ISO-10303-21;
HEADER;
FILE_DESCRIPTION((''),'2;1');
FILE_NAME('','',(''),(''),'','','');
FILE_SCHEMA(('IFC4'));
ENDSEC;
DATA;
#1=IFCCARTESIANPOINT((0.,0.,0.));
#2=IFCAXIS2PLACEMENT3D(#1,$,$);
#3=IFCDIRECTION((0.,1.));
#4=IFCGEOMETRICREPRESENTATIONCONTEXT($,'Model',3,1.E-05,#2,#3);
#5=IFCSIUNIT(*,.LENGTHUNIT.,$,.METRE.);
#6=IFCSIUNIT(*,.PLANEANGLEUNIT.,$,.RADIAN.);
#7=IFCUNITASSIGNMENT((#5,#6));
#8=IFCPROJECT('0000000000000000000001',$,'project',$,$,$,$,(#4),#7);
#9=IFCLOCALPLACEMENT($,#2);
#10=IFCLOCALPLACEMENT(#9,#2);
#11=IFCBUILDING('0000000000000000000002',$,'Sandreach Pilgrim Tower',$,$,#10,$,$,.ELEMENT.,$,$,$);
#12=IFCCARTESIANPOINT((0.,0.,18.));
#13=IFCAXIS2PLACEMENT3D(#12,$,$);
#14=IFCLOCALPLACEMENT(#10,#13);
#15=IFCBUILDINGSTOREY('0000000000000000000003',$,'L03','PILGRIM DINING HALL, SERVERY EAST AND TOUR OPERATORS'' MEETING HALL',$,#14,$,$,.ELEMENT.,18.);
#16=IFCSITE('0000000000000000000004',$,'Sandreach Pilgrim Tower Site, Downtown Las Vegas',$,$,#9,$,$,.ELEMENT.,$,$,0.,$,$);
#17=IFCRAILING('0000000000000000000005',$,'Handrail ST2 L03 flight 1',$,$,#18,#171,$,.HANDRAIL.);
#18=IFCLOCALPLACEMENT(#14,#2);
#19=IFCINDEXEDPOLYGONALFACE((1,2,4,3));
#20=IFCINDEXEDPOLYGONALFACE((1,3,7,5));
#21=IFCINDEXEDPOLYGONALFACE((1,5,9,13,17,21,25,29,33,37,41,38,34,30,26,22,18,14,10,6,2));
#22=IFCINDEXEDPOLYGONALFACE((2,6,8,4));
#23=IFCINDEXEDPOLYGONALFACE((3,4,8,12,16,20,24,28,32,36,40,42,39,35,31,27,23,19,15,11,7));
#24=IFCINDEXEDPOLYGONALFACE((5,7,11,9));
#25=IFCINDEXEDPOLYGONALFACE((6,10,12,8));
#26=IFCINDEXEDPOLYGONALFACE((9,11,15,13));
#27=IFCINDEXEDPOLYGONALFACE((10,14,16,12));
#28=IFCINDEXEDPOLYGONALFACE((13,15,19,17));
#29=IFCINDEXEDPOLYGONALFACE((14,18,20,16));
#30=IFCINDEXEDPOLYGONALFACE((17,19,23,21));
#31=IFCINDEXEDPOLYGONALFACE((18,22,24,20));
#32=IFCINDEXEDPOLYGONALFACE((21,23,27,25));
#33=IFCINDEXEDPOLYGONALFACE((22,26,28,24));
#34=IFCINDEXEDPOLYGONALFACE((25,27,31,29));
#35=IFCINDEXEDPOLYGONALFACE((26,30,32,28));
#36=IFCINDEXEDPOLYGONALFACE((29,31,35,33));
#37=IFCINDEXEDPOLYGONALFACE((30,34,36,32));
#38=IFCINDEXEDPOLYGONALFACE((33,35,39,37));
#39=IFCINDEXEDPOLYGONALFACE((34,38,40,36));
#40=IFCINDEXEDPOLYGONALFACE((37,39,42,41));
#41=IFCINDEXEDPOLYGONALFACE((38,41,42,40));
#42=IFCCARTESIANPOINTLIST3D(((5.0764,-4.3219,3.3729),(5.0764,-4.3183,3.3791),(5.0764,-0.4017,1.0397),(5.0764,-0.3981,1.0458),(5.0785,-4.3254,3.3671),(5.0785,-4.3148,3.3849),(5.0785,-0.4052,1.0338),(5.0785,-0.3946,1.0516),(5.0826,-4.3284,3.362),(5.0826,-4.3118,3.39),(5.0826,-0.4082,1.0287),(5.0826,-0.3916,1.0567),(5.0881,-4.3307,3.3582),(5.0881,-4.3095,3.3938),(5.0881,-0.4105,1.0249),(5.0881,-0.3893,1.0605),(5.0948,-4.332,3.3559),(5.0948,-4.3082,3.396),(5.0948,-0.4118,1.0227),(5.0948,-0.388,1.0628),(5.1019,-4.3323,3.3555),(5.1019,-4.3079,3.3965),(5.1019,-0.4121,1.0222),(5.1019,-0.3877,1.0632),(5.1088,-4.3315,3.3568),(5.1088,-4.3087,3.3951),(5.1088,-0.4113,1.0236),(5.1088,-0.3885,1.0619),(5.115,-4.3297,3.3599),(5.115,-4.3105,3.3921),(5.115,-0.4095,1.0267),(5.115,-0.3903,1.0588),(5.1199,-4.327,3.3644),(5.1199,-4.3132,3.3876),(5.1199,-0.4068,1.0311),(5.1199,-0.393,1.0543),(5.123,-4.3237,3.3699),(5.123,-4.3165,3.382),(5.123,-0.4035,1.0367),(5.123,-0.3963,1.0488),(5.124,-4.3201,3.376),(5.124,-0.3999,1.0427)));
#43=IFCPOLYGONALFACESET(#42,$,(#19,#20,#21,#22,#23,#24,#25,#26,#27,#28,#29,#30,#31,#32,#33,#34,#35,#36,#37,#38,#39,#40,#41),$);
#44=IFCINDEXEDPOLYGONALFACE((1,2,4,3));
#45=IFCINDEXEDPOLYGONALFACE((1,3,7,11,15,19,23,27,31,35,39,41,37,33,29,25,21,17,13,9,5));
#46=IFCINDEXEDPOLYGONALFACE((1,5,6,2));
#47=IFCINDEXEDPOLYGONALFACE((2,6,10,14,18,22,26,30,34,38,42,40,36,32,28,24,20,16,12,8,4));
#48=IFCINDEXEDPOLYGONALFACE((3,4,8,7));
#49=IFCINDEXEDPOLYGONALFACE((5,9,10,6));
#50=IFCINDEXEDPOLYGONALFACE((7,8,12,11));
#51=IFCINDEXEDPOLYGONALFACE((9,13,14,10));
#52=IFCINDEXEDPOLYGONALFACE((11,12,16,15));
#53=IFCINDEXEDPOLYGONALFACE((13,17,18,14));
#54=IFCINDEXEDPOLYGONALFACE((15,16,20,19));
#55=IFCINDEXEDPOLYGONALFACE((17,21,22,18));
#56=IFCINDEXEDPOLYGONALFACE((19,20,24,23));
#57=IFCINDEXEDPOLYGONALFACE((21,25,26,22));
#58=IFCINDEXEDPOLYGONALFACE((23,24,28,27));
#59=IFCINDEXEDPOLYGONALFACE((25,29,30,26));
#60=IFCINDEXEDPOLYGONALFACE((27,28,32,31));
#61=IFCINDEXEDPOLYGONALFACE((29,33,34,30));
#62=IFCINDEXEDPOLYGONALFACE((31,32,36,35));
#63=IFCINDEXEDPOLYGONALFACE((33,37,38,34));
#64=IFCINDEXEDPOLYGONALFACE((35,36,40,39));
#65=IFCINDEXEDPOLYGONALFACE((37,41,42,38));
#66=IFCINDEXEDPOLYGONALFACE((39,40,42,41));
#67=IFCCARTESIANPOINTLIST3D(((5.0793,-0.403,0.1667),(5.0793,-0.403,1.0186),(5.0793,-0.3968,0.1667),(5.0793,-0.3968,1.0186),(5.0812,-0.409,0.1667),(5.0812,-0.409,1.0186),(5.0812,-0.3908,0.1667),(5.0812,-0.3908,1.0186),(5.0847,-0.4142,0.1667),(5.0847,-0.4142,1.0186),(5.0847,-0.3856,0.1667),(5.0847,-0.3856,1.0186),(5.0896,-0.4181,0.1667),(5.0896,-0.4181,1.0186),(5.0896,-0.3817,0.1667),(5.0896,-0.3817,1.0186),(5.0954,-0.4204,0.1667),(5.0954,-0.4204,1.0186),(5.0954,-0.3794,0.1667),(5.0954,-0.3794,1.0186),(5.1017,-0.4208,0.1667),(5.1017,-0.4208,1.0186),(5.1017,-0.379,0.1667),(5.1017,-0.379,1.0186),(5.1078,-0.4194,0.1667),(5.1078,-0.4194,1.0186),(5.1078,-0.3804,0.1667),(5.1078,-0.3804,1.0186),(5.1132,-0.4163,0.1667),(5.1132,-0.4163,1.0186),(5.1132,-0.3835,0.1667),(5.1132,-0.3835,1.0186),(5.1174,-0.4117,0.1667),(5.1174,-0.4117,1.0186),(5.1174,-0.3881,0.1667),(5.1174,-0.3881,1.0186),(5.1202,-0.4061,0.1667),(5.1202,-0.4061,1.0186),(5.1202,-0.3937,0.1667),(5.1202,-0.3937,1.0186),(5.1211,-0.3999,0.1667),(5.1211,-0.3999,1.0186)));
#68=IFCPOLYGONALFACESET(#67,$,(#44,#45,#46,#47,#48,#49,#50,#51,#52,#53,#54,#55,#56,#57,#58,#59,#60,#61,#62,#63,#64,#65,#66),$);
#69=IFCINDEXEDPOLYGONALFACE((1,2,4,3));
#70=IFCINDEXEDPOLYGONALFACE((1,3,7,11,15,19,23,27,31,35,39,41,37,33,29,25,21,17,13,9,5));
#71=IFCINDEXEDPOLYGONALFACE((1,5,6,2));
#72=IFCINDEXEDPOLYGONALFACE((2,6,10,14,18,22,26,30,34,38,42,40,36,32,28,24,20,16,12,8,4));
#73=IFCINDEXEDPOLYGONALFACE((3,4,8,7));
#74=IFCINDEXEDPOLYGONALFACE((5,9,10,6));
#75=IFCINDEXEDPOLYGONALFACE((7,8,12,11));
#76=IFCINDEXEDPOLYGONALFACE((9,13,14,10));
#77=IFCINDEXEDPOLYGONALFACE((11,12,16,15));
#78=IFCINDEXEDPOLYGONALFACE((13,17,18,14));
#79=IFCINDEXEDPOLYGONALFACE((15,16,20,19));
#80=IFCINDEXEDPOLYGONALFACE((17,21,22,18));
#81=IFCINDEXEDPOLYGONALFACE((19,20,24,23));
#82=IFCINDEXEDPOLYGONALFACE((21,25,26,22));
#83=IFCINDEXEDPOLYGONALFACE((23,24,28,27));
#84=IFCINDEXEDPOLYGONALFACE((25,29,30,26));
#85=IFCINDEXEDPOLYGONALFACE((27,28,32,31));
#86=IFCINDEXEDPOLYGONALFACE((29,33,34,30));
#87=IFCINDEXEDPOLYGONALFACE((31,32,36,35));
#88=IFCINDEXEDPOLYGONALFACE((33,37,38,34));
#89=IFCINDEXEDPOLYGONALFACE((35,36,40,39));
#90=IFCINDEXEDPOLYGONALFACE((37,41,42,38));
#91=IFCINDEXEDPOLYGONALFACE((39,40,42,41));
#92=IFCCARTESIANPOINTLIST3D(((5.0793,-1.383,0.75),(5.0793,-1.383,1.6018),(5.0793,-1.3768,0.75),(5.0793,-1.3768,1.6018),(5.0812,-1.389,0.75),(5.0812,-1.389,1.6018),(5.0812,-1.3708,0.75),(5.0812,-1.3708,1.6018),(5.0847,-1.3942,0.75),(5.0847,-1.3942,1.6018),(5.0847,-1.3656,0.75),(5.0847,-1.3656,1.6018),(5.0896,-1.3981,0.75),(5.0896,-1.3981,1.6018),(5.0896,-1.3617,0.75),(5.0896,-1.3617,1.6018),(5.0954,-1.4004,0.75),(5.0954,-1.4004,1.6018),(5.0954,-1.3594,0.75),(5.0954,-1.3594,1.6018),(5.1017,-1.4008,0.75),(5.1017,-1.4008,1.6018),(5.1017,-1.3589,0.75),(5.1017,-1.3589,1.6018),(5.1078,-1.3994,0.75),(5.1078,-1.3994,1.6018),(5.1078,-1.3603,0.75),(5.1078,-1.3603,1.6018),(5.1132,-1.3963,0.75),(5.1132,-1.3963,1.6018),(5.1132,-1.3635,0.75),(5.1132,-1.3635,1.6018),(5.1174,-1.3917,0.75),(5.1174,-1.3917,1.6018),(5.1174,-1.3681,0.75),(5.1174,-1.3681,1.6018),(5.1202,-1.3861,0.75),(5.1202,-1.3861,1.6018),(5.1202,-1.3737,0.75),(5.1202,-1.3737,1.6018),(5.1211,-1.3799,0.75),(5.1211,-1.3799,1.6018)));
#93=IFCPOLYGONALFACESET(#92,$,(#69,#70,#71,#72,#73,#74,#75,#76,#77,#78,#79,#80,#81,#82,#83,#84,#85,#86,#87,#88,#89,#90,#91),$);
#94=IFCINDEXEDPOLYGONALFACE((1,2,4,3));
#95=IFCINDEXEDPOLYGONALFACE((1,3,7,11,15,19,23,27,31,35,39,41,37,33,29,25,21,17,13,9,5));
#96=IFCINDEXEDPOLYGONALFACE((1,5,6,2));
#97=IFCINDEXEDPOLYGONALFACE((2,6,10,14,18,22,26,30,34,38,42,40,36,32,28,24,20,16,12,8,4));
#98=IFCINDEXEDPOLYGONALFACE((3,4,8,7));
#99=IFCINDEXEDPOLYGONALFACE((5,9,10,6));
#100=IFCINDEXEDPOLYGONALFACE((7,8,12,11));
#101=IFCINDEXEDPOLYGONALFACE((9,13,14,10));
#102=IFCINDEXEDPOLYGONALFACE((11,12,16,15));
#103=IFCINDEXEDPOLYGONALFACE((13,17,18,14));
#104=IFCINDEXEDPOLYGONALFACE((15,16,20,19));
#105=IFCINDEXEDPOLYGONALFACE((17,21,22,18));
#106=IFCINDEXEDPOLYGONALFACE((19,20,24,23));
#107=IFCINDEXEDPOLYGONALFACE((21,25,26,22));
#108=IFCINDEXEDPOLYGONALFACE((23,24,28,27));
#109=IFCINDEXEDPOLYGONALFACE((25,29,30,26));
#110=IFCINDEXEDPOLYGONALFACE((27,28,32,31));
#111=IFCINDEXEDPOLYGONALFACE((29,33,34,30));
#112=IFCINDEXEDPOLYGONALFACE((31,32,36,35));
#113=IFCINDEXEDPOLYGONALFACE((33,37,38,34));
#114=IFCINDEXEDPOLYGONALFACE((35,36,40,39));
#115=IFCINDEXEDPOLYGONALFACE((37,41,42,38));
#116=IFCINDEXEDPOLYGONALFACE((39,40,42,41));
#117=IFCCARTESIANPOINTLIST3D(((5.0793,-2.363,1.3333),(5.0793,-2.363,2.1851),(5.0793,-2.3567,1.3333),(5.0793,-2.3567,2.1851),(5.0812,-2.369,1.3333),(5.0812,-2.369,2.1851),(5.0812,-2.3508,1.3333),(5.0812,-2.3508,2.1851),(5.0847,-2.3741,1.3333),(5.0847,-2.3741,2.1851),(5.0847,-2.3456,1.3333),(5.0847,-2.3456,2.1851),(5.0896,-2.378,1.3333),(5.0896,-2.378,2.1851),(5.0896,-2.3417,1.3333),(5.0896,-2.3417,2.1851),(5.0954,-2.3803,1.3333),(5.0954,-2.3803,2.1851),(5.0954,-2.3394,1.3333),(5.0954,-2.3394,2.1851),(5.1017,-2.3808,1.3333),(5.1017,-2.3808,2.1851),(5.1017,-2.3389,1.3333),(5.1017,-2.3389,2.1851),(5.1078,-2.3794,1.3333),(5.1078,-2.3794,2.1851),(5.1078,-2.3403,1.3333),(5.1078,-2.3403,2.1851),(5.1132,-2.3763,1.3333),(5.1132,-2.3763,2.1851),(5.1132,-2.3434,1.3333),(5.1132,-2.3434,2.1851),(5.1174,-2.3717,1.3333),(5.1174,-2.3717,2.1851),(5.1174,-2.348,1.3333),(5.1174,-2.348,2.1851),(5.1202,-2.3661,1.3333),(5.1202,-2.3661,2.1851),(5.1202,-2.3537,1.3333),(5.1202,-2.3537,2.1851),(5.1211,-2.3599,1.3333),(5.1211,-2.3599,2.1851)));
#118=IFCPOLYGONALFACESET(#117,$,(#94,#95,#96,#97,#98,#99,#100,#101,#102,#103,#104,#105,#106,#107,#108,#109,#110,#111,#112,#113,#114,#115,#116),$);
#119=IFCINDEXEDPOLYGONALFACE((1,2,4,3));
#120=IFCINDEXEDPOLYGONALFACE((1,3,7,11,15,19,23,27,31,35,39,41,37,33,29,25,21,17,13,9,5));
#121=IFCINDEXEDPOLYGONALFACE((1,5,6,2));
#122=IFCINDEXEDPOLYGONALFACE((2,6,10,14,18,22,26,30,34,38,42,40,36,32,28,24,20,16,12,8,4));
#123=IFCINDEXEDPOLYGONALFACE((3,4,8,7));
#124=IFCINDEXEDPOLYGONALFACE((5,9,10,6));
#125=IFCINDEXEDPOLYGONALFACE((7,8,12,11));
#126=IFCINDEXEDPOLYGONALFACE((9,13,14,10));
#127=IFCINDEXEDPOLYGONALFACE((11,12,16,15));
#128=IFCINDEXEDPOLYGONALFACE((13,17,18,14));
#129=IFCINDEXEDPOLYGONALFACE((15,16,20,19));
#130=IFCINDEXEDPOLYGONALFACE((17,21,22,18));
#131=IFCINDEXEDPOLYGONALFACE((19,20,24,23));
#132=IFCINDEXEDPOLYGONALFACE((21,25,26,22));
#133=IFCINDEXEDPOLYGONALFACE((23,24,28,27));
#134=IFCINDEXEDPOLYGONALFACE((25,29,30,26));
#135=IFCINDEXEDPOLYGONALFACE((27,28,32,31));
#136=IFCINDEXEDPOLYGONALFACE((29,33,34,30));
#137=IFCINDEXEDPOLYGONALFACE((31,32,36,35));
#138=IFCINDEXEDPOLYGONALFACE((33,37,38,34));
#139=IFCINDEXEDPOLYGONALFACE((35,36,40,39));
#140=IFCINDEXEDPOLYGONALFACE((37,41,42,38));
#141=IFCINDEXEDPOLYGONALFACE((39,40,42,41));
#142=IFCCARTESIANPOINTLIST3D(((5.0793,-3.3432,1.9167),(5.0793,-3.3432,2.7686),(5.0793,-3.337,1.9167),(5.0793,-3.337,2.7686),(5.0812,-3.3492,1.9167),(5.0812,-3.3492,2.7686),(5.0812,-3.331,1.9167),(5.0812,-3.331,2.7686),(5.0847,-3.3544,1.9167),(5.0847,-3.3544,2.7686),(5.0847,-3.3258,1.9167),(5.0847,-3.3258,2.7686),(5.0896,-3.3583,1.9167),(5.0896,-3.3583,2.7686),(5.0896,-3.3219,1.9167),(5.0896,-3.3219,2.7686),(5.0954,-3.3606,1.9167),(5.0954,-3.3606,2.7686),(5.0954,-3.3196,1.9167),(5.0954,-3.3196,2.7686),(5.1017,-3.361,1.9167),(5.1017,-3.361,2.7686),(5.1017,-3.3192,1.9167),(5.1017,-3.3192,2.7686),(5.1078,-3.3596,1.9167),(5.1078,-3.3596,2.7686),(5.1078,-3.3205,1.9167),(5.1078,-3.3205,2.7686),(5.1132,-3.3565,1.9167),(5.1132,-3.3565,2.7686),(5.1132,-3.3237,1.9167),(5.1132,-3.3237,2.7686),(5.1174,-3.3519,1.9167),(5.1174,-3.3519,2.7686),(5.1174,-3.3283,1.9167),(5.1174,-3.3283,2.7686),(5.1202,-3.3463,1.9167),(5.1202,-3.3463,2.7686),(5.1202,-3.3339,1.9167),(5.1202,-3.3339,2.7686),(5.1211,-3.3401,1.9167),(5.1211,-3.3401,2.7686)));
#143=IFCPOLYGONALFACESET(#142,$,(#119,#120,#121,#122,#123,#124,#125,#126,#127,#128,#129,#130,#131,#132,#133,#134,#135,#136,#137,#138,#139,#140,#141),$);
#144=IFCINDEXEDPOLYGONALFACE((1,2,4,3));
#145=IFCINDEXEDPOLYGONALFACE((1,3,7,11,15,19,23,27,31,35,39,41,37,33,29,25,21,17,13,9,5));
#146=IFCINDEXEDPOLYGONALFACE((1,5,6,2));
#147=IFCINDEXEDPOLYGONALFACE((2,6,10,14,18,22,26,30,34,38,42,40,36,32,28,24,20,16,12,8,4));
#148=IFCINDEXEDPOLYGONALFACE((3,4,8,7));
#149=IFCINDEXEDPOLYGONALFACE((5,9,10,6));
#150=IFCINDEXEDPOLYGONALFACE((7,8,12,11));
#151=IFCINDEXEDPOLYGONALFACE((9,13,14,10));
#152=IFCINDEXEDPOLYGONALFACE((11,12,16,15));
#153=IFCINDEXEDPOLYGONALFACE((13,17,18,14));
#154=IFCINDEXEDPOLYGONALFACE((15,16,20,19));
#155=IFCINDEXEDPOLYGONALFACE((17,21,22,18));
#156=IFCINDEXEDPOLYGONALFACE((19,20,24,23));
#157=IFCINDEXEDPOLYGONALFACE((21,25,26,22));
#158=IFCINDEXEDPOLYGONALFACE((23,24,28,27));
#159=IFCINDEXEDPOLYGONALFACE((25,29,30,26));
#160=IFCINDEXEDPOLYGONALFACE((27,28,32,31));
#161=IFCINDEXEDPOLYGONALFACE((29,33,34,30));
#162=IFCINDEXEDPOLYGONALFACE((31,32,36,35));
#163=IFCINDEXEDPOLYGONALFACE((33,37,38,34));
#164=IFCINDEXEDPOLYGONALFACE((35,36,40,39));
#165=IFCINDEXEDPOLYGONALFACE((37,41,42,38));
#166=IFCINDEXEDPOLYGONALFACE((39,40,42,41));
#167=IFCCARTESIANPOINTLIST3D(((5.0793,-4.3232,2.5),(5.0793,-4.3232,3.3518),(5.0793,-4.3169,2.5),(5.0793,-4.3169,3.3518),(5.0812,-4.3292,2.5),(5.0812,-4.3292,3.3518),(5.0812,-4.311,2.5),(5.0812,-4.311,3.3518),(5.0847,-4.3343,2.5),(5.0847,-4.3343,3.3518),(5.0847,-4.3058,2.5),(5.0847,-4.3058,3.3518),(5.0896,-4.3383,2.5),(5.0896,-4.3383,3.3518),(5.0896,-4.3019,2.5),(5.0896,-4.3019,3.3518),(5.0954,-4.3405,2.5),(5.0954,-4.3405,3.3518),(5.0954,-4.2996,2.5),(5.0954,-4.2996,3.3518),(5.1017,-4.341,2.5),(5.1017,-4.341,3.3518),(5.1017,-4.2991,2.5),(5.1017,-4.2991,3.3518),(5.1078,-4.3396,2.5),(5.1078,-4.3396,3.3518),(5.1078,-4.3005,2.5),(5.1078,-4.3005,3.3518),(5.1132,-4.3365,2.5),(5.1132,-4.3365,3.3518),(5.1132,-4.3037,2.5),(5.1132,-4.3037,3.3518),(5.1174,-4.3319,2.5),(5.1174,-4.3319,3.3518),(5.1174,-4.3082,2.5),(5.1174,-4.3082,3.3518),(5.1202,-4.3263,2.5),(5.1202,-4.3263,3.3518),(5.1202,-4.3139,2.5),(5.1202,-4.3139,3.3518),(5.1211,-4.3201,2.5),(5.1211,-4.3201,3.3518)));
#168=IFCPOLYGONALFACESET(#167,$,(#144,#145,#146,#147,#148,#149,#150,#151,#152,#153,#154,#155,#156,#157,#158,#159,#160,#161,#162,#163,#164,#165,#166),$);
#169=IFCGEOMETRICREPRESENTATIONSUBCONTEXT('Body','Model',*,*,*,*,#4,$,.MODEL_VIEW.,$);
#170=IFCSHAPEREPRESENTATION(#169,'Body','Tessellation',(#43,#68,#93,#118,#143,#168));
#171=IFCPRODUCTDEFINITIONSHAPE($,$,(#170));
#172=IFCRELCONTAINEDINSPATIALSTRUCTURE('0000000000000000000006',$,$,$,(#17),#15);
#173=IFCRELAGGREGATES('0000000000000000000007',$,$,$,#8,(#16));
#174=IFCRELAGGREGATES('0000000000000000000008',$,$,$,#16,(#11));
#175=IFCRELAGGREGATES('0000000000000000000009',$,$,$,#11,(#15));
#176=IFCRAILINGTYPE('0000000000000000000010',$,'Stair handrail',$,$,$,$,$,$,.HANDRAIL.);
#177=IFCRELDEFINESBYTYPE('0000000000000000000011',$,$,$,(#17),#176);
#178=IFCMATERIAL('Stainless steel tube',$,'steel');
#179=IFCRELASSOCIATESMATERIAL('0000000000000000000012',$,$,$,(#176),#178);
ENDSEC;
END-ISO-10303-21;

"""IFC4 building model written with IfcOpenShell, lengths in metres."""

from ifc_helpers import new_model, si_unit, direction, frame, origin, origin_2d, place, context, subcontext, project, spatial, circle, extrude, material, type_object, element, save


model = new_model("IFC4")

# Units and contexts
model_context = context("Model", 3, precision=1e-05, world=origin(), true_north=direction((0.0, 1.0)))
body_context = subcontext(model_context, "Body", "Model", "MODEL_VIEW")
ifc_project = project(units=[si_unit("LENGTHUNIT", "METRE"), si_unit("PLANEANGLEUNIT", "RADIAN")], contexts=[model_context])

# Site, building, storey
site_placement = place(None, origin())
site = spatial("IfcSite", under=ifc_project, at=site_placement, Name="Sandreach Pilgrim Tower Site, Downtown Las Vegas", CompositionType="ELEMENT", RefElevation=0.0)
building_placement = place(site_placement, origin())
building = spatial("IfcBuilding", under=site, at=building_placement, Name="Sandreach Pilgrim Tower", CompositionType="ELEMENT")
storey_placement = place(building_placement, frame((0.0, 0.0, 18.0)))
storey = spatial("IfcBuildingStorey", under=building, at=storey_placement, Name="L03", Description="PILGRIM DINING HALL, SERVERY EAST AND TOUR OPERATORS' MEETING HALL", CompositionType="ELEMENT", Elevation=18.0)

# Railing
ifc_material_1 = material(Name="Stainless steel tube", Category="steel")
railing_type = type_object("IfcRailingType", Name="Stair handrail", PredefinedType="HANDRAIL", material=ifc_material_1)
for number, where, name in (
    (1, (5.1001, -0.3999, 0.1667), "Handrail ST2 L03 flight 1"),
):
    element("IfcRailing", number, at=place(storey_placement, frame(where)), inside=storey, type_object=railing_type, Name=name, PredefinedType="HANDRAIL", context=body_context, shape_type="SweptSolid", body=[
        extrude(circle(Radius=0.0239, at=origin_2d()), frame((0.0, 0.0, 0.876), z_axis=(0.0, -0.85931, 0.511455), x_axis=(1.0, 0.0, 0.0)), (0.0, 0.0, 1.0), 4.562),
        extrude(circle(Radius=0.021, at=origin_2d()), origin(), (0.0, 0.0, 1.0), 0.8518),
        extrude(circle(Radius=0.021, at=origin_2d()), frame((0.0, -0.98, 0.5833)), (0.0, 0.0, 1.0), 0.8518),
        extrude(circle(Radius=0.021, at=origin_2d()), frame((0.0, -1.96, 1.1665)), (0.0, 0.0, 1.0), 0.8518),
        extrude(circle(Radius=0.021, at=origin_2d()), frame((0.0, -2.9402, 1.75)), (0.0, 0.0, 1.0), 0.8518),
        extrude(circle(Radius=0.021, at=origin_2d()), frame((0.0, -3.9202, 2.3333)), (0.0, 0.0, 1.0), 0.8518),
    ])

save(model, "model.ifc")
